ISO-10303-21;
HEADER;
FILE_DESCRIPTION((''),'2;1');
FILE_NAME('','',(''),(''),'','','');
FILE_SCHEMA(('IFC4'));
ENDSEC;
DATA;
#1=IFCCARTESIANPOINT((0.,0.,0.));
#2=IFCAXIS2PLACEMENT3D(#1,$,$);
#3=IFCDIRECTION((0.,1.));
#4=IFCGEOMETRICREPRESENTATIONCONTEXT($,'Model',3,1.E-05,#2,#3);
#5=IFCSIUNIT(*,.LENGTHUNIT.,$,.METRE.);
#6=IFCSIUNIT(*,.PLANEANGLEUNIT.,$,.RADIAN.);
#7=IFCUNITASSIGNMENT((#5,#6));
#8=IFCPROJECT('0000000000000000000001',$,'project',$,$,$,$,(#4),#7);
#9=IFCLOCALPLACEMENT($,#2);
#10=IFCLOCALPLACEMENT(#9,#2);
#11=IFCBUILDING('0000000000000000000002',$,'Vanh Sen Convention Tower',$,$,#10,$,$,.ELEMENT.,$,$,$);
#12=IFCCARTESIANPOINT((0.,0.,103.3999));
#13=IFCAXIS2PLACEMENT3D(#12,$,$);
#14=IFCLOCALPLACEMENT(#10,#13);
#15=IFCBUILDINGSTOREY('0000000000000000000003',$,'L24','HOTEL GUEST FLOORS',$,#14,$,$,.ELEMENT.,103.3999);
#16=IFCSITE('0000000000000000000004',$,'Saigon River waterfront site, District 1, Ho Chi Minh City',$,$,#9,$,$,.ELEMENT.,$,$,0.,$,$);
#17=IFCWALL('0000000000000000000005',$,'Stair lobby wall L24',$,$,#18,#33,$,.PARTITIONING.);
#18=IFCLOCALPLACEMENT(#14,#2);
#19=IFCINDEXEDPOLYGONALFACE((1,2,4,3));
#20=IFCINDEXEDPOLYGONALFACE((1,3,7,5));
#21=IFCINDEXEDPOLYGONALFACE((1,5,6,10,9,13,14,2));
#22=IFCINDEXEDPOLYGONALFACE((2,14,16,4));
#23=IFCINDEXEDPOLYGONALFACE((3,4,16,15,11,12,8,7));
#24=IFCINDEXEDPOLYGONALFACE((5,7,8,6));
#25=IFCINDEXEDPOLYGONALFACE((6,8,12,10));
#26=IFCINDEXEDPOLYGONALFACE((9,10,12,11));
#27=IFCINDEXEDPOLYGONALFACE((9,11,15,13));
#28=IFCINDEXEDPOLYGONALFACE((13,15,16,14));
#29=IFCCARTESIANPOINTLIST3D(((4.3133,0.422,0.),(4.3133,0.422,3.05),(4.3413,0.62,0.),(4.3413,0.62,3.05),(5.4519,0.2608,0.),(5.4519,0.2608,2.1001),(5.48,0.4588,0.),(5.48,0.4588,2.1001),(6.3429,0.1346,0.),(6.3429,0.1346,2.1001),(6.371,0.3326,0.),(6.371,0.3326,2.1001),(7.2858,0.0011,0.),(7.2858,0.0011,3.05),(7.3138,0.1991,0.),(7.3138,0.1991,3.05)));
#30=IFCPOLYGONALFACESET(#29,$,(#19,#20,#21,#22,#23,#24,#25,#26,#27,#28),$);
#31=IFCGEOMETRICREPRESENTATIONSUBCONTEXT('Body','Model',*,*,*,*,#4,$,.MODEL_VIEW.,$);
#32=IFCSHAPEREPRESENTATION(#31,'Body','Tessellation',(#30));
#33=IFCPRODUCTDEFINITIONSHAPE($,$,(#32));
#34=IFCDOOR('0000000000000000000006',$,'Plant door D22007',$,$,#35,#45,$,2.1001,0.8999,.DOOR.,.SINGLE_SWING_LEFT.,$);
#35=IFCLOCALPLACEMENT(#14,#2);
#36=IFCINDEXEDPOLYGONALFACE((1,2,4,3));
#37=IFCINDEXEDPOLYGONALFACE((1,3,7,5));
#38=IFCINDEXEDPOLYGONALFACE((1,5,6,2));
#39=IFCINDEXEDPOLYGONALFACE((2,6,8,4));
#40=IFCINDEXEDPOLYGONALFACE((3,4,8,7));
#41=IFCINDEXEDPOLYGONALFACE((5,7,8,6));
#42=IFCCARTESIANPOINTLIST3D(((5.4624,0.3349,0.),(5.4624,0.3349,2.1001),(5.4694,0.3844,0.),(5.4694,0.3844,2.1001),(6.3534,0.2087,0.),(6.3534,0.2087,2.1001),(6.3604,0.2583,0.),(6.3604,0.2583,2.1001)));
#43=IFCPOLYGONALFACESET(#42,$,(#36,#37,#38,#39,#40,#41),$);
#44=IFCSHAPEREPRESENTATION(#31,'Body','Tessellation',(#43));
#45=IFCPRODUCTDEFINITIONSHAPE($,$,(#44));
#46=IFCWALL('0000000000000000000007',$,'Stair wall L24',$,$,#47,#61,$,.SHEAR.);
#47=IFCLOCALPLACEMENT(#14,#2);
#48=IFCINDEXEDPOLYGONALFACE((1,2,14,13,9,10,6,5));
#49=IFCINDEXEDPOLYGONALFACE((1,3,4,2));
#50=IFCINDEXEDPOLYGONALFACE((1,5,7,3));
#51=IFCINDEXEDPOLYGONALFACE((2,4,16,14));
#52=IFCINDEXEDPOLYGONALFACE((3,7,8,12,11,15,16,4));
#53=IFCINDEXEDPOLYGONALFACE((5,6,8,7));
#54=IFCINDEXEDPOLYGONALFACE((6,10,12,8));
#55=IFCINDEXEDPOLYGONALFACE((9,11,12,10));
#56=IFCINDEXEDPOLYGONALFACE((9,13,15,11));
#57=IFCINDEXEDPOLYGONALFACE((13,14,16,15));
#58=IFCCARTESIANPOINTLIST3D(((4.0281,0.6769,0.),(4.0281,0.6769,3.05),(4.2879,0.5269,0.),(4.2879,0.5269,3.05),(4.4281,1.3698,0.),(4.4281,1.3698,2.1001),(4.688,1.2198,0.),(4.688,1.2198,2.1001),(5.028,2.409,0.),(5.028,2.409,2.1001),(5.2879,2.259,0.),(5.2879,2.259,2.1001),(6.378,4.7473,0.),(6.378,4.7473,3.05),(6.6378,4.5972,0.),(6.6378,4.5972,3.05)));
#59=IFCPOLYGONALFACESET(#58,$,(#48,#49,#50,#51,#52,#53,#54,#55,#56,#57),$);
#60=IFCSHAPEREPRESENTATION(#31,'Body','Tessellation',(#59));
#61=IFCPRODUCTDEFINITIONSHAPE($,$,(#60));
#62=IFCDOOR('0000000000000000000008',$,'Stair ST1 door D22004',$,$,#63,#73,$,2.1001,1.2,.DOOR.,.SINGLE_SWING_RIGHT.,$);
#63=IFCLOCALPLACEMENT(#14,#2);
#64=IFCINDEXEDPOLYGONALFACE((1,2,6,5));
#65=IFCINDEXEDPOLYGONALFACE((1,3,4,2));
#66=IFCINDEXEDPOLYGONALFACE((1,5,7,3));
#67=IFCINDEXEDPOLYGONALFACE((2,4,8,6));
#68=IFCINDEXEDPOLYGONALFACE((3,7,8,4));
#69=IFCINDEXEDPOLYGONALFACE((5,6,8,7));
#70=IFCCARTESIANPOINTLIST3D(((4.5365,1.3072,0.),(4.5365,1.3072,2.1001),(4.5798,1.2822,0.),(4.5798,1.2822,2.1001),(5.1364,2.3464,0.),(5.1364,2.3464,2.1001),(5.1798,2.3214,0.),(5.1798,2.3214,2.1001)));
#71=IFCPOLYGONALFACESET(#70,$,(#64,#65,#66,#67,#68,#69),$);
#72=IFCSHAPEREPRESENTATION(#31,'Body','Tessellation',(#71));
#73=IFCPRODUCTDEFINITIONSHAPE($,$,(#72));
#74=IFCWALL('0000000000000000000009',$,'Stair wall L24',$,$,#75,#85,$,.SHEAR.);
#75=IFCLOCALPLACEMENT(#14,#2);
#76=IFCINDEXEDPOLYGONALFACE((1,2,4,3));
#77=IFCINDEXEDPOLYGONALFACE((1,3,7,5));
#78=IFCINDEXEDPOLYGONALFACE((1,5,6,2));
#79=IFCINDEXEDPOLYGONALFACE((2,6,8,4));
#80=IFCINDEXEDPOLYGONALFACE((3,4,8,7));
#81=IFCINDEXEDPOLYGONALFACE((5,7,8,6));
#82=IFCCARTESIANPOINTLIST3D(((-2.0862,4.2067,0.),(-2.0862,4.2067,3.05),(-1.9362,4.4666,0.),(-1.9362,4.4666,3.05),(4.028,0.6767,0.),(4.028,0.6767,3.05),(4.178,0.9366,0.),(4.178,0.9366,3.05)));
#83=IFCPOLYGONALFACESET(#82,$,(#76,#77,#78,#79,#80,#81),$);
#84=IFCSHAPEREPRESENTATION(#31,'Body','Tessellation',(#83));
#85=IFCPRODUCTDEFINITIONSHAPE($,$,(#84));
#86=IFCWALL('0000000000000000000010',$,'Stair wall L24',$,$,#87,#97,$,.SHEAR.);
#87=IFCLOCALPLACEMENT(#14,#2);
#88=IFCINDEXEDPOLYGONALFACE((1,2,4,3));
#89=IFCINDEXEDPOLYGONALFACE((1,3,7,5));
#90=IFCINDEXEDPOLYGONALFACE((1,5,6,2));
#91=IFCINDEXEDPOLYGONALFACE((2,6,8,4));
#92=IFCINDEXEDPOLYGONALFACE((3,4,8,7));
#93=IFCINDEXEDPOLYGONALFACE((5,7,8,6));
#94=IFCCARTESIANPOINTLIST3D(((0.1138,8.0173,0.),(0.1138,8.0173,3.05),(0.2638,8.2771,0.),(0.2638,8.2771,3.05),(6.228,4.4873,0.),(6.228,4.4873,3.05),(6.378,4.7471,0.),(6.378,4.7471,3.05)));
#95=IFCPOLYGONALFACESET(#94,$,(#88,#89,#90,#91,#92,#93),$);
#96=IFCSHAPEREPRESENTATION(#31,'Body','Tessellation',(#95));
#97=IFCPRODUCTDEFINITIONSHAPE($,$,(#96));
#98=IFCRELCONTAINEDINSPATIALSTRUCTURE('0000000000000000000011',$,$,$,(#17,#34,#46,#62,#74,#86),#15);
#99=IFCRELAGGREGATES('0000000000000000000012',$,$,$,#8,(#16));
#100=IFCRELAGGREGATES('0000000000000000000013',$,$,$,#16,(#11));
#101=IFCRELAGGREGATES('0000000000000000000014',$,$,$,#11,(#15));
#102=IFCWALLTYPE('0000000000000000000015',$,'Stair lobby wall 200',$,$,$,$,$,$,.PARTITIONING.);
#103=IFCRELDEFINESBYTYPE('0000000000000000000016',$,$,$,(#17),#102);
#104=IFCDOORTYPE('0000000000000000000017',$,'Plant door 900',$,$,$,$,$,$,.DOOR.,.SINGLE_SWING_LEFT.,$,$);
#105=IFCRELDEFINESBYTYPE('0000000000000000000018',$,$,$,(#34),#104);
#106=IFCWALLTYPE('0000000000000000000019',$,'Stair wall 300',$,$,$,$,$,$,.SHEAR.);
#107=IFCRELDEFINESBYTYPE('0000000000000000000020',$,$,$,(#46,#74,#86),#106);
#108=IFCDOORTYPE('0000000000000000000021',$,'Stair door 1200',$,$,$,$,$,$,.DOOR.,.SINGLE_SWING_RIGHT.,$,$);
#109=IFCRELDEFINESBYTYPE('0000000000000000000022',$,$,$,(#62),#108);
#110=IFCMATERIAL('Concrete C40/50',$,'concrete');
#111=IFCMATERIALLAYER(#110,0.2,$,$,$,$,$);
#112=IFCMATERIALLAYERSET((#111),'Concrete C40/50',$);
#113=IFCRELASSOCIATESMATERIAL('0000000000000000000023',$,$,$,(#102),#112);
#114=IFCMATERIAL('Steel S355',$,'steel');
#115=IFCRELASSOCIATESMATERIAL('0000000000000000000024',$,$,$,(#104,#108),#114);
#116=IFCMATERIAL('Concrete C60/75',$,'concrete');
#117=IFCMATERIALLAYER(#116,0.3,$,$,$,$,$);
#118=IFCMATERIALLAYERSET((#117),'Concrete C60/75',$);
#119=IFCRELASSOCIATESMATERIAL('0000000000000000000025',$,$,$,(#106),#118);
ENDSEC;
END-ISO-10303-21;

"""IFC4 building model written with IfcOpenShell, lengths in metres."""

from ifc_helpers import new_model, si_unit, direction, frame, frame_2d, origin, place, context, subcontext, project, spatial, rectangle, extrude, material, layer, layer_set, type_object, element, fill, save


model = new_model("IFC4")

# Units and contexts
model_context = context("Model", 3, precision=1e-05, world=origin(), true_north=direction((0.0, 1.0)))
body_context = subcontext(model_context, "Body", "Model", "MODEL_VIEW")
ifc_project = project(units=[si_unit("LENGTHUNIT", "METRE"), si_unit("PLANEANGLEUNIT", "RADIAN")], contexts=[model_context])

# Site, building, storey
site_placement = place(None, origin())
site = spatial("IfcSite", under=ifc_project, at=site_placement, Name="Saigon River waterfront site, District 1, Ho Chi Minh City", CompositionType="ELEMENT", RefElevation=0.0)
building_placement = place(site_placement, origin())
building = spatial("IfcBuilding", under=site, at=building_placement, Name="Vanh Sen Convention Tower", CompositionType="ELEMENT")
storey_placement = place(building_placement, frame((0.0, 0.0, 103.3999)))
storey = spatial("IfcBuildingStorey", under=building, at=storey_placement, Name="L24", Description="HOTEL GUEST FLOORS", CompositionType="ELEMENT", Elevation=103.3999)

# Shared definitions
ifc_material_1 = material(Name="Steel S355", Category="steel")

# Shared definitions
ifc_material_2 = material(Name="Concrete C60/75", Category="concrete")

# Shared definitions
ifc_material_3 = material(Name="Concrete C40/50", Category="concrete")

# Walls, openings, doors
ifc_layer_1 = layer(ifc_material_3, 0.2)
ifc_layer_set_1 = layer_set([ifc_layer_1], Name="Concrete C40/50")
wall_type_1 = type_object("IfcWallType", Name="Stair lobby wall 200", PredefinedType="PARTITIONING", material=ifc_layer_set_1)
wall_1_placement = place(storey_placement, frame((4.3274, 0.521, 0.0), z_axis=(0.0, 0.0, 1.0), x_axis=(0.990124, -0.140192, 0.0)))
wall_1 = element("IfcWall", 1, at=wall_1_placement, inside=storey, type_object=wall_type_1, Name="Stair lobby wall L24", PredefinedType="PARTITIONING", context=body_context, shape_type="SweptSolid", body=[
    extrude(rectangle(XDim=3.0022, YDim=0.2, at=frame_2d((1.501, 0.0))), origin(), (0.0, 0.0, 1.0), 3.05),
])
opening_1_placement = place(wall_1_placement, frame((1.1499, 0.0, 0.0)))
opening_1 = element("IfcOpeningElement", 2, at=opening_1_placement, cuts=wall_1, PredefinedType="OPENING", context=body_context, shape_type="SweptSolid", body=[
    extrude(rectangle(XDim=0.8999, YDim=2.1001, at=frame_2d((0.45, 1.05))), frame((0.0, 0.1099, 0.0), z_axis=(0.0, -1.0, 0.0), x_axis=(1.0, 0.0, 0.0)), (0.0, 0.0, 1.0), 0.22),
])
door_type_1 = type_object("IfcDoorType", Name="Plant door 900", OperationType="SINGLE_SWING_LEFT", PredefinedType="DOOR", material=ifc_material_1)
door_1_placement = place(opening_1_placement, origin())
door_1 = element("IfcDoor", 3, at=door_1_placement, inside=storey, type_object=door_type_1, Name="Plant door D22007", OperationType="SINGLE_SWING_LEFT", OverallHeight=2.1001, OverallWidth=0.8999, PredefinedType="DOOR", context=body_context, shape_type="SweptSolid", body=[
    extrude(rectangle(XDim=0.8999, YDim=2.1001, at=frame_2d((0.45, 1.05))), frame((0.0, 0.0249, 0.0), z_axis=(0.0, -1.0, 0.0), x_axis=(1.0, 0.0, 0.0)), (0.0, 0.0, 1.0), 0.05),
])
fill(opening_1, door_1)
ifc_layer_2 = layer(ifc_material_2, 0.3)
ifc_layer_set_2 = layer_set([ifc_layer_2], Name="Concrete C60/75")
wall_type_2 = type_object("IfcWallType", Name="Stair wall 300", PredefinedType="SHEAR", material=ifc_layer_set_2)
wall_2_placement = place(storey_placement, frame((4.158, 0.6018, 0.0), z_axis=(0.0, 0.0, 1.0), x_axis=(0.499977, 0.866039, 0.0)))
wall_2 = element("IfcWall", 4, at=wall_2_placement, inside=storey, type_object=wall_type_2, Name="Stair wall L24", PredefinedType="SHEAR", context=body_context, shape_type="SweptSolid", body=[
    extrude(rectangle(XDim=4.7, YDim=0.3, at=frame_2d((2.3501, 0.0))), origin(), (0.0, 0.0, 1.0), 3.05),
])
opening_2_placement = place(wall_2_placement, frame((0.8, 0.0, 0.0)))
opening_2 = element("IfcOpeningElement", 5, at=opening_2_placement, cuts=wall_2, PredefinedType="OPENING", context=body_context, shape_type="SweptSolid", body=[
    extrude(rectangle(XDim=1.2, YDim=2.1001, at=frame_2d((0.6001, 1.05))), frame((0.0, 0.1599, 0.0), z_axis=(0.0, -1.0, 0.0), x_axis=(1.0, 0.0, 0.0)), (0.0, 0.0, 1.0), 0.3201),
])
door_type_2 = type_object("IfcDoorType", Name="Stair door 1200", OperationType="SINGLE_SWING_RIGHT", PredefinedType="DOOR", material=ifc_material_1)
door_2_placement = place(opening_2_placement, origin())
door_2 = element("IfcDoor", 6, at=door_2_placement, inside=storey, type_object=door_type_2, Name="Stair ST1 door D22004", OperationType="SINGLE_SWING_RIGHT", OverallHeight=2.1001, OverallWidth=1.2, PredefinedType="DOOR", context=body_context, shape_type="SweptSolid", body=[
    extrude(rectangle(XDim=1.2, YDim=2.1001, at=frame_2d((0.6001, 1.05))), frame((0.0, 0.0249, 0.0), z_axis=(0.0, -1.0, 0.0), x_axis=(1.0, 0.0, 0.0)), (0.0, 0.0, 1.0), 0.05),
])
fill(opening_2, door_2)

# Walls
for number, where, z_axis, x_axis, name in (
    (7, (4.103, 0.8066, 0.0), (0.0, 0.0, 1.0), (-0.866028, 0.499996, 0.0), "Stair wall L24"),
    (8, (6.303, 4.6172, 0.0), (0.0, 0.0, 1.0), (-0.866028, 0.499996, 0.0), "Stair wall L24"),
):
    element("IfcWall", number, at=place(storey_placement, frame(where, z_axis=z_axis, x_axis=x_axis)), inside=storey, type_object=wall_type_2, Name=name, PredefinedType="SHEAR", context=body_context, shape_type="SweptSolid", body=[
        extrude(rectangle(XDim=7.0601, YDim=0.3, at=frame_2d((3.53, 0.0))), origin(), (0.0, 0.0, 1.0), 3.05),
    ])

save(model, "model.ifc")
